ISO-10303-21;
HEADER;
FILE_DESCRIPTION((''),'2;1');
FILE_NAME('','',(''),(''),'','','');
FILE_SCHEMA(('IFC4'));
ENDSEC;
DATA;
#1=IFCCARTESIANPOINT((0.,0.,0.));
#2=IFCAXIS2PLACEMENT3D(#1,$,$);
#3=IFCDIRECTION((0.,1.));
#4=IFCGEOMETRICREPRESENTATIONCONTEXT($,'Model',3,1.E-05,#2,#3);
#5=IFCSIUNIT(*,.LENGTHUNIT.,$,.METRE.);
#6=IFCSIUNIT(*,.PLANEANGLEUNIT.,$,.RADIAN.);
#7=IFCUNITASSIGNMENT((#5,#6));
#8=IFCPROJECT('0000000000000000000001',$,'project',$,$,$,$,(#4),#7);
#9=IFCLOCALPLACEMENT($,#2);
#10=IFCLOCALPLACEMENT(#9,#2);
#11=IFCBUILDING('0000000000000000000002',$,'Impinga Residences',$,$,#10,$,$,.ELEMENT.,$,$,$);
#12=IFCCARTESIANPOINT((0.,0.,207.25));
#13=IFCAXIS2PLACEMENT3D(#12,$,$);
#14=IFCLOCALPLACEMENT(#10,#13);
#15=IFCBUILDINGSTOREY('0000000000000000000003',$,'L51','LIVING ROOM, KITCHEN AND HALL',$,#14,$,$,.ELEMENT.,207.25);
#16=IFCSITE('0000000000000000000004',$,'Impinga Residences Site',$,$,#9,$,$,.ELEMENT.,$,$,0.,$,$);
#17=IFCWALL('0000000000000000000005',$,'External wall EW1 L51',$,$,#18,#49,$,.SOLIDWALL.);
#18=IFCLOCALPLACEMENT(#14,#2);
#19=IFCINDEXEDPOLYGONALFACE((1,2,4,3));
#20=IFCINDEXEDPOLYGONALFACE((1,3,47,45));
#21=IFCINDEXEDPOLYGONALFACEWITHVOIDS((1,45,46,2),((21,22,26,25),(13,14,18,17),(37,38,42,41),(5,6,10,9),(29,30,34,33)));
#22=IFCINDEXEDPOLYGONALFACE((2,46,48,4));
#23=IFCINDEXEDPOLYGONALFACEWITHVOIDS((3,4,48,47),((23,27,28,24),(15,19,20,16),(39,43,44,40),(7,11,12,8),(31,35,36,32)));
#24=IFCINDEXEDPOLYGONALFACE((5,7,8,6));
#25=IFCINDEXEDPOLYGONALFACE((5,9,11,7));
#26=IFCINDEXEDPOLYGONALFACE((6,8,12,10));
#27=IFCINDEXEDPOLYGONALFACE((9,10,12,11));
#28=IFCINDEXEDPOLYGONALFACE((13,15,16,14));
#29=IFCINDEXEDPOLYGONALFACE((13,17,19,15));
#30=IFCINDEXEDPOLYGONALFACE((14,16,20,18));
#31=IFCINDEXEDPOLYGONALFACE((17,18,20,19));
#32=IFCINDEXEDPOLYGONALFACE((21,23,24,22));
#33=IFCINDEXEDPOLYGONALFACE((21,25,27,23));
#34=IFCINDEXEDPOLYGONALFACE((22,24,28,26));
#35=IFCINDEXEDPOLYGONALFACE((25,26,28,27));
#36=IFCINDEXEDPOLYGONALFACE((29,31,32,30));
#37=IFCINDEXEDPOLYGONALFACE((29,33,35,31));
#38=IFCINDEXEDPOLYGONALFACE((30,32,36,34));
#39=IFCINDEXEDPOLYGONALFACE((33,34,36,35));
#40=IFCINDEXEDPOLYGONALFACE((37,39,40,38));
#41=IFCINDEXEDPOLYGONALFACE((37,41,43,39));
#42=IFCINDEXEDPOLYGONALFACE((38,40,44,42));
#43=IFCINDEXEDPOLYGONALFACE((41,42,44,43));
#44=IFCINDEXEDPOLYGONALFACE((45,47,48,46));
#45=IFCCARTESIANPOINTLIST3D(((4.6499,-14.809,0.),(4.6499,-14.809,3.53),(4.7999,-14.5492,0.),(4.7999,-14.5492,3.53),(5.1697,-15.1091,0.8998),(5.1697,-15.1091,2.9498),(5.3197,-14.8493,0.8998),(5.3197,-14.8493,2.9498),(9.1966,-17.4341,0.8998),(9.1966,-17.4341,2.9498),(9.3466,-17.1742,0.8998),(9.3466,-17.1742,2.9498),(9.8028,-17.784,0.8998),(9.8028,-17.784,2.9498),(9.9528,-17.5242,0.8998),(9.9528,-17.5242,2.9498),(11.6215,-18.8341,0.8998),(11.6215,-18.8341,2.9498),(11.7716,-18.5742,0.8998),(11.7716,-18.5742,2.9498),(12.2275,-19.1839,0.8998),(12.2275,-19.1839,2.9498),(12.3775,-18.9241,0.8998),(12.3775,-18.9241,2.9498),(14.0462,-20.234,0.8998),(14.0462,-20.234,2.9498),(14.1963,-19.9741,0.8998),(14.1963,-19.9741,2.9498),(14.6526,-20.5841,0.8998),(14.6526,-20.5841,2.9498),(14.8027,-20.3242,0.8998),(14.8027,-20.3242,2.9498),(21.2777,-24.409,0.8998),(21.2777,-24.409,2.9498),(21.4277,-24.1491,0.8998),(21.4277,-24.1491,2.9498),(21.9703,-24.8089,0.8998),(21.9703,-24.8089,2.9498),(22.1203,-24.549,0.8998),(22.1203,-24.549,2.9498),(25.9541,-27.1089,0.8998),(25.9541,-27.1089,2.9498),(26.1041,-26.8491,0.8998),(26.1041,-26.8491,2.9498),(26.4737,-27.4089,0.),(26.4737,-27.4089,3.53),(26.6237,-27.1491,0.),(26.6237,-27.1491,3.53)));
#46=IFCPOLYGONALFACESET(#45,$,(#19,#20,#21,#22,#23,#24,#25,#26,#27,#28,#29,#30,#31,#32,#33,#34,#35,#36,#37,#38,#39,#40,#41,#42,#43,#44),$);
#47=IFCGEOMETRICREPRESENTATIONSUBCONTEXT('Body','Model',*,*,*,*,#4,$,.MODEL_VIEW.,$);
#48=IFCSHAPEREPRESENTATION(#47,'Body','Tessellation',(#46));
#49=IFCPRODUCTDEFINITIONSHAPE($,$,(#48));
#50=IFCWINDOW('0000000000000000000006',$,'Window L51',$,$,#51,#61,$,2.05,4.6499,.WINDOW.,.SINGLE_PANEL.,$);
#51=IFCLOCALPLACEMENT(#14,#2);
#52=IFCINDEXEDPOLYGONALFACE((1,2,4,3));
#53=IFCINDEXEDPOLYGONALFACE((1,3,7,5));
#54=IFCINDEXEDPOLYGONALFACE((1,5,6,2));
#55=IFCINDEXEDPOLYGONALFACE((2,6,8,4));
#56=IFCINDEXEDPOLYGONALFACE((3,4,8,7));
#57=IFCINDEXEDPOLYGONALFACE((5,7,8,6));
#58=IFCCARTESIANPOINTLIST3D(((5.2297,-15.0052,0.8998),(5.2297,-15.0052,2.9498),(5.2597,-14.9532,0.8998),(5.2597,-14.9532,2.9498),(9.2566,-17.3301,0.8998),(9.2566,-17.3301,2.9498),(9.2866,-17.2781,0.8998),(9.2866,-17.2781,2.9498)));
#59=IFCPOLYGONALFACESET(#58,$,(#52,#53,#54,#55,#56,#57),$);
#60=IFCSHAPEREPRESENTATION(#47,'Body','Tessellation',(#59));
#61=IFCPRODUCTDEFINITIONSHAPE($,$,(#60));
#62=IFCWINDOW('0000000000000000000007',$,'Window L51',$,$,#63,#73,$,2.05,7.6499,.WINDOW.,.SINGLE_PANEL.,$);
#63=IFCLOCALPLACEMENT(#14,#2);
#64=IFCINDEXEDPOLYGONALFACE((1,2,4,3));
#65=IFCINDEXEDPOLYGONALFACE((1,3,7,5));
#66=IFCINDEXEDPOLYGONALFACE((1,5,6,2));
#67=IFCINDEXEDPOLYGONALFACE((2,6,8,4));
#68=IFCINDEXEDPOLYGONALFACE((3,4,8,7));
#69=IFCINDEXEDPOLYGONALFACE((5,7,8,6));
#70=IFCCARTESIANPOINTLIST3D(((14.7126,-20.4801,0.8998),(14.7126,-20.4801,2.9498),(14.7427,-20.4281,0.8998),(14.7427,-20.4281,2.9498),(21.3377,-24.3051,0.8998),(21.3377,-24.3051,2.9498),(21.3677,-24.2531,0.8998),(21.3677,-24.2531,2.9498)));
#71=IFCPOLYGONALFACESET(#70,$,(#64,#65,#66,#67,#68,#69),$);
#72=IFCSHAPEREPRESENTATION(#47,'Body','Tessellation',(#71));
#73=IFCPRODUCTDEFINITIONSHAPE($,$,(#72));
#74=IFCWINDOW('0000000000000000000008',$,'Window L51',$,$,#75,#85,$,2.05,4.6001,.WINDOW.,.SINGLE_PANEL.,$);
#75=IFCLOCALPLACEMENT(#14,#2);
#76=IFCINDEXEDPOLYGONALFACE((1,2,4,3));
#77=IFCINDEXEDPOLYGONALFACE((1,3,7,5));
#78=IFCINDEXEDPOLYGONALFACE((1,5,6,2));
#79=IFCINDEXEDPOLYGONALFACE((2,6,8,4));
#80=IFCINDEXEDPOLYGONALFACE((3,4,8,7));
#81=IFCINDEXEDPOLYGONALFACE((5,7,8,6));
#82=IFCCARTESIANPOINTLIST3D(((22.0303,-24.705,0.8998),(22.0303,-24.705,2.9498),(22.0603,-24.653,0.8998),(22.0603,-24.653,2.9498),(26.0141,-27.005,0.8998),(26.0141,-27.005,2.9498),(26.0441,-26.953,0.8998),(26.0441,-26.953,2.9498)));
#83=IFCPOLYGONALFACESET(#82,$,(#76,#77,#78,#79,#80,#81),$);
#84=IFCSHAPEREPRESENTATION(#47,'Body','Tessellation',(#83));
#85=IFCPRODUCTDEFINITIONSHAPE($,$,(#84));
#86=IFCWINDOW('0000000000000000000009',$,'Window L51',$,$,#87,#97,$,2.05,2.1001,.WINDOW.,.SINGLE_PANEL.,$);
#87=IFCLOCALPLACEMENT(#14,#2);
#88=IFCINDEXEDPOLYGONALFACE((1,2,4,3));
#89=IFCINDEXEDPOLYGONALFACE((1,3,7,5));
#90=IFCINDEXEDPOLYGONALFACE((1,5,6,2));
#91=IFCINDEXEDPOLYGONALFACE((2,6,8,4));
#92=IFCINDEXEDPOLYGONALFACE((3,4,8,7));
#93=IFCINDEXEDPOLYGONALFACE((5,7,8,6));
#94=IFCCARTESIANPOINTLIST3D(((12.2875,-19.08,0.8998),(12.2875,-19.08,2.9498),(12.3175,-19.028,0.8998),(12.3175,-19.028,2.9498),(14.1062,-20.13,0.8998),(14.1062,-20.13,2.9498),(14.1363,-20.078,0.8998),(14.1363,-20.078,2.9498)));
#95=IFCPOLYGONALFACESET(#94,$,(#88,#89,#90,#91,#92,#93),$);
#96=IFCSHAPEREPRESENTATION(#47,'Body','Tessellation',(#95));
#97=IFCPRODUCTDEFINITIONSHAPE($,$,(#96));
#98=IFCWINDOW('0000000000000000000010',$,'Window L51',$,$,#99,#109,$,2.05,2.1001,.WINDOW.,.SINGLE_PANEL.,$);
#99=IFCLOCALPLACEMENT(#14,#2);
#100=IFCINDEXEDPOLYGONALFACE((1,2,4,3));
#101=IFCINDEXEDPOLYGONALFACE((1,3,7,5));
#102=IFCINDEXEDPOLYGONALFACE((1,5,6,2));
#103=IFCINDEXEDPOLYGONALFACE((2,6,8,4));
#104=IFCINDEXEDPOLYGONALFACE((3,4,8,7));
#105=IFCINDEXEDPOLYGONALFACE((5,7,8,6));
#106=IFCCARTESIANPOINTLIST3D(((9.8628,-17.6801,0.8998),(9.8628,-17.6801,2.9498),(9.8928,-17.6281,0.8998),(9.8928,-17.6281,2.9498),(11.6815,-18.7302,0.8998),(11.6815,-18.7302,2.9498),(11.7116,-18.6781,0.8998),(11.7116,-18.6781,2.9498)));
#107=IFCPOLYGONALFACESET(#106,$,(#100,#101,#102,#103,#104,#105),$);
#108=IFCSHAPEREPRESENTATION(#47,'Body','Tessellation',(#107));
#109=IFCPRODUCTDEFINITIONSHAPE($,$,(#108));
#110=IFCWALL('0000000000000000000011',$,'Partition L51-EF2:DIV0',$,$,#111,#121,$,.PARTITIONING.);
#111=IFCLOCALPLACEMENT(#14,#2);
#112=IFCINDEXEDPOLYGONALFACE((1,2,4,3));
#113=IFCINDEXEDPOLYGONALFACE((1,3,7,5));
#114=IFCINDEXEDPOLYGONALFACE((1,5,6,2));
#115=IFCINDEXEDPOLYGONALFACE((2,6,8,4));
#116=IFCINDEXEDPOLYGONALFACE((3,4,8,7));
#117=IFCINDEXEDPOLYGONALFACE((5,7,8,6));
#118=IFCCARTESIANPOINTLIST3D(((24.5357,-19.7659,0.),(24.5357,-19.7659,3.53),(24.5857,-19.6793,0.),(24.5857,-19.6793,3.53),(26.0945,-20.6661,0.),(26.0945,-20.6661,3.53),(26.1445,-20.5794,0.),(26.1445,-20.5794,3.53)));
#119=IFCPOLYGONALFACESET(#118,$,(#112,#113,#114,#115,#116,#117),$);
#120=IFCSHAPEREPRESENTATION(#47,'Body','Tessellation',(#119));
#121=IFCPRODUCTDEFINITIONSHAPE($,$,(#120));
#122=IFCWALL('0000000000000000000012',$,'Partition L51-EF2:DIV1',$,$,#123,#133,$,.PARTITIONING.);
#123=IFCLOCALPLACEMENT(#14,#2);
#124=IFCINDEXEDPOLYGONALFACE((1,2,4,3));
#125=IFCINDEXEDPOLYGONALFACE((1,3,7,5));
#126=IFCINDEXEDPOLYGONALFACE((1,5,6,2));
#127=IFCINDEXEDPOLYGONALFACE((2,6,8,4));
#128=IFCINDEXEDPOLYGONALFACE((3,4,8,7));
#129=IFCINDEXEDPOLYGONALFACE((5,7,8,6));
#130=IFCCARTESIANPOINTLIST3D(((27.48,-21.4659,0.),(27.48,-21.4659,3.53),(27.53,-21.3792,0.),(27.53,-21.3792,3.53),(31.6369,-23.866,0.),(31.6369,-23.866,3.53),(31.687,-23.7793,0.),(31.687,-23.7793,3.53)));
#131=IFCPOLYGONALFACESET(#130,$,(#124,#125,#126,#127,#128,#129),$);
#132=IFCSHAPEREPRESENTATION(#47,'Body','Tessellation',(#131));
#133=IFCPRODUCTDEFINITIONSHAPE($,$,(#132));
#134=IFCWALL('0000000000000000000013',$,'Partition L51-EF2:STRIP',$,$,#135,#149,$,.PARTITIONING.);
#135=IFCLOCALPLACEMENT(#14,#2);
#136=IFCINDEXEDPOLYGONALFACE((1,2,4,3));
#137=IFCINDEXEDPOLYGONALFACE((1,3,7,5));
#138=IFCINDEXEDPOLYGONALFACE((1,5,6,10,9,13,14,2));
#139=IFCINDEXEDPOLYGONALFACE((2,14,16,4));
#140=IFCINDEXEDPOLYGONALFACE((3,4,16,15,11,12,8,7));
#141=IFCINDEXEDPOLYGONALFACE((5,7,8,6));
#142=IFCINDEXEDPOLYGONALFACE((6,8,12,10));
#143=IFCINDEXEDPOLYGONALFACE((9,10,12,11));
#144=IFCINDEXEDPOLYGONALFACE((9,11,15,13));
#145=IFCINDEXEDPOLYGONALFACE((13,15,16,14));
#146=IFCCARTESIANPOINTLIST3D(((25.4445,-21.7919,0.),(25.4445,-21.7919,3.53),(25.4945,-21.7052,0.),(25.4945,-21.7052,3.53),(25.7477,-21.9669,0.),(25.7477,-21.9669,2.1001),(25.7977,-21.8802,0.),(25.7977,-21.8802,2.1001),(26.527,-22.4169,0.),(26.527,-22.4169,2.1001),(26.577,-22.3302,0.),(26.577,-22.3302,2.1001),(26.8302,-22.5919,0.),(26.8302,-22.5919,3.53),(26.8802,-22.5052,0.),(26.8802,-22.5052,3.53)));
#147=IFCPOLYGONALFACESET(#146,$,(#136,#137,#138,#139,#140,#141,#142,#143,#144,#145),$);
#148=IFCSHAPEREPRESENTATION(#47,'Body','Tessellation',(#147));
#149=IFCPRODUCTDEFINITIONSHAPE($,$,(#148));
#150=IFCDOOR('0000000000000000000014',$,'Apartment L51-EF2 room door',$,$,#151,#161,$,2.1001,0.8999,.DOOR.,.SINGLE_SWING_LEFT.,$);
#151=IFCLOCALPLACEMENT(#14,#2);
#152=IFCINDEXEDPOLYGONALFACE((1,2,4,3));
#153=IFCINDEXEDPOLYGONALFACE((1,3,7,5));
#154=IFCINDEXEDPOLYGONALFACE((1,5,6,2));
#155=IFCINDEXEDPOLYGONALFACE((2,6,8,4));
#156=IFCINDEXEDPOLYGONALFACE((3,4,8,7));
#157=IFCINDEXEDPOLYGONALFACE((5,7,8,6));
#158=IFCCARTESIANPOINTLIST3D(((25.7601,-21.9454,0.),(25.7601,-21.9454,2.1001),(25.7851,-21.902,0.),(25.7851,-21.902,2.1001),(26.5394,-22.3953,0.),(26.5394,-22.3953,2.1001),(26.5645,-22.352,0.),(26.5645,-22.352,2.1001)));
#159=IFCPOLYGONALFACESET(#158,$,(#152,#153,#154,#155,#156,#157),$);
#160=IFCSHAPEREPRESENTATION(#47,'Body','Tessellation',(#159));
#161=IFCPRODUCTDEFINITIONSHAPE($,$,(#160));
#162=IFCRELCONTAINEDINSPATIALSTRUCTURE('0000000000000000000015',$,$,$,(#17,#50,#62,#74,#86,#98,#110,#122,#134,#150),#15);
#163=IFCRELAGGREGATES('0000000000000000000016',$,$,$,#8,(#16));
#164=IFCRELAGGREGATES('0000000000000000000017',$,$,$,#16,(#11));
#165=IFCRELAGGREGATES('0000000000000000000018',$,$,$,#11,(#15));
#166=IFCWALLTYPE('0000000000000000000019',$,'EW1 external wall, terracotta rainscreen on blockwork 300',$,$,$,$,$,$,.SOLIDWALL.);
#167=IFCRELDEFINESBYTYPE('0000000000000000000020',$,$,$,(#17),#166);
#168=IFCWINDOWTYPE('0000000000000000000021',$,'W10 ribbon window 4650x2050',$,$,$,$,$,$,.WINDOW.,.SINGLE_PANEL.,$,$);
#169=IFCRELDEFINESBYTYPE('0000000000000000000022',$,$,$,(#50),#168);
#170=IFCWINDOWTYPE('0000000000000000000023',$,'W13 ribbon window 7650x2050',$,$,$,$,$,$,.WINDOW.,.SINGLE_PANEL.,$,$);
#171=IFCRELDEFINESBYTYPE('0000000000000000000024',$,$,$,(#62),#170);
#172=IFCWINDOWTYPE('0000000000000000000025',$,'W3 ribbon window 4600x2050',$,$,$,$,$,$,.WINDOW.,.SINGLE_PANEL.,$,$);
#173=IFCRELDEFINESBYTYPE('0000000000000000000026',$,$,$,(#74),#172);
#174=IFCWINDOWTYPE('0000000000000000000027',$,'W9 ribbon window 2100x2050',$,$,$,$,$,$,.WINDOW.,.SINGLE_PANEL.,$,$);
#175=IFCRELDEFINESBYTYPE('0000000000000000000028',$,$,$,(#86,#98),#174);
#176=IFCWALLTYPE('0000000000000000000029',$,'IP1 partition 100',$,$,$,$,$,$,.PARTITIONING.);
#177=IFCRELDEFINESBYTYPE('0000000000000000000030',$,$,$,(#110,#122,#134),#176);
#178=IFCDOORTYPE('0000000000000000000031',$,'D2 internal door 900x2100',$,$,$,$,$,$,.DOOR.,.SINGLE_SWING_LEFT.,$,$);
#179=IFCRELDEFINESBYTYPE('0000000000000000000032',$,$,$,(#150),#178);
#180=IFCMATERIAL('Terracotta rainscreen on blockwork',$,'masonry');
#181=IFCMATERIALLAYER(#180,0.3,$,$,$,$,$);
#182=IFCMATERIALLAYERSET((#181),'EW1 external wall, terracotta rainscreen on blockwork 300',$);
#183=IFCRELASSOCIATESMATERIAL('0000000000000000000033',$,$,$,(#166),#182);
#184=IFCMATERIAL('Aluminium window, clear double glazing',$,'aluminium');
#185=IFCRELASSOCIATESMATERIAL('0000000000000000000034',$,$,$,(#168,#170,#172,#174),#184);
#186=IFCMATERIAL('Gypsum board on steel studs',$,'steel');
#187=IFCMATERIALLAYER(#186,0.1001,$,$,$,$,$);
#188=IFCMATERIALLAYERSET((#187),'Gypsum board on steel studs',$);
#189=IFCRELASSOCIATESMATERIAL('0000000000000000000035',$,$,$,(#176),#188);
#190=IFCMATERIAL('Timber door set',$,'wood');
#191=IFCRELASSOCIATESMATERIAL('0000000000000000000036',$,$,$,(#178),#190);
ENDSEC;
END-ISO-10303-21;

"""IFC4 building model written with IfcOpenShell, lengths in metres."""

from ifc_helpers import new_model, si_unit, direction, frame, frame_2d, origin, place, context, subcontext, project, spatial, rectangle, extrude, material, layer, layer_set, type_object, element, fill, save


model = new_model("IFC4")

# Units and contexts
model_context = context("Model", 3, precision=1e-05, world=origin(), true_north=direction((0.0, 1.0)))
body_context = subcontext(model_context, "Body", "Model", "MODEL_VIEW")
ifc_project = project(units=[si_unit("LENGTHUNIT", "METRE"), si_unit("PLANEANGLEUNIT", "RADIAN")], contexts=[model_context])

# Site, building, storey
site_placement = place(None, origin())
site = spatial("IfcSite", under=ifc_project, at=site_placement, Name="Impinga Residences Site", CompositionType="ELEMENT", RefElevation=0.0)
building_placement = place(site_placement, origin())
building = spatial("IfcBuilding", under=site, at=building_placement, Name="Impinga Residences", CompositionType="ELEMENT")
storey_placement = place(building_placement, frame((0.0, 0.0, 207.25)))
storey = spatial("IfcBuildingStorey", under=building, at=storey_placement, Name="L51", Description="LIVING ROOM, KITCHEN AND HALL", CompositionType="ELEMENT", Elevation=207.25)

# Shared definitions
ifc_material_1 = material(Name="Timber door set", Category="wood")

# Shared definitions
ifc_material_2 = material(Name="Terracotta rainscreen on blockwork", Category="masonry")
ifc_layer_1 = layer(ifc_material_2, 0.3)
ifc_layer_set_1 = layer_set([ifc_layer_1], Name="EW1 external wall, terracotta rainscreen on blockwork 300")
wall_type_1 = type_object("IfcWallType", Name="EW1 external wall, terracotta rainscreen on blockwork 300", PredefinedType="SOLIDWALL", material=ifc_layer_set_1)

# Wall, openings, windows
wall_1_placement = place(storey_placement, frame((26.5488, -27.2791, 0.0), z_axis=(0.0, 0.0, 1.0), x_axis=(-0.866027, 0.499998, 0.0)))
wall_1 = element("IfcWall", 1, at=wall_1_placement, inside=storey, type_object=wall_type_1, Name="External wall EW1 L51", PredefinedType="SOLIDWALL", context=body_context, shape_type="SweptSolid", body=[
    extrude(rectangle(XDim=25.2, YDim=0.3, at=frame_2d((12.6001, 0.0))), origin(), (0.0, 0.0, 1.0), 3.53),
])
opening_1_placement = place(wall_1_placement, frame((0.6001, 0.0, 0.8999)))
opening_1 = element("IfcOpeningElement", 2, at=opening_1_placement, cuts=wall_1, PredefinedType="OPENING", context=body_context, shape_type="SweptSolid", body=[
    extrude(rectangle(XDim=4.6001, YDim=2.05, at=frame_2d((2.3, 1.0249))), frame((0.0, 0.1599, 0.0), z_axis=(0.0, -1.0, 0.0), x_axis=(1.0, 0.0, 0.0)), (0.0, 0.0, 1.0), 0.3201),
])
opening_2_placement = place(wall_1_placement, frame((6.0, 0.0, 0.8999)))
opening_2 = element("IfcOpeningElement", 3, at=opening_2_placement, cuts=wall_1, PredefinedType="OPENING", context=body_context, shape_type="SweptSolid", body=[
    extrude(rectangle(XDim=7.6499, YDim=2.05, at=frame_2d((3.825, 1.0249))), frame((0.0, 0.1599, 0.0), z_axis=(0.0, -1.0, 0.0), x_axis=(1.0, 0.0, 0.0)), (0.0, 0.0, 1.0), 0.3201),
])
opening_3_placement = place(wall_1_placement, frame((14.3501, 0.0, 0.8999)))
opening_3 = element("IfcOpeningElement", 4, at=opening_3_placement, cuts=wall_1, PredefinedType="OPENING", context=body_context, shape_type="SweptSolid", body=[
    extrude(rectangle(XDim=2.1001, YDim=2.05, at=frame_2d((1.05, 1.0249))), frame((0.0, 0.1599, 0.0), z_axis=(0.0, -1.0, 0.0), x_axis=(1.0, 0.0, 0.0)), (0.0, 0.0, 1.0), 0.3201),
])
opening_4_placement = place(wall_1_placement, frame((17.1499, 0.0, 0.8999)))
opening_4 = element("IfcOpeningElement", 5, at=opening_4_placement, cuts=wall_1, PredefinedType="OPENING", context=body_context, shape_type="SweptSolid", body=[
    extrude(rectangle(XDim=2.1001, YDim=2.05, at=frame_2d((1.05, 1.0249))), frame((0.0, 0.1599, 0.0), z_axis=(0.0, -1.0, 0.0), x_axis=(1.0, 0.0, 0.0)), (0.0, 0.0, 1.0), 0.3201),
])
opening_5_placement = place(wall_1_placement, frame((19.95, 0.0, 0.8999)))
opening_5 = element("IfcOpeningElement", 6, at=opening_5_placement, cuts=wall_1, PredefinedType="OPENING", context=body_context, shape_type="SweptSolid", body=[
    extrude(rectangle(XDim=4.6499, YDim=2.05, at=frame_2d((2.325, 1.0249))), frame((0.0, 0.1599, 0.0), z_axis=(0.0, -1.0, 0.0), x_axis=(1.0, 0.0, 0.0)), (0.0, 0.0, 1.0), 0.3201),
])
ifc_material_3 = material(Name="Aluminium window, clear double glazing", Category="aluminium")
window_type_1 = type_object("IfcWindowType", Name="W10 ribbon window 4650x2050", PartitioningType="SINGLE_PANEL", PredefinedType="WINDOW", material=ifc_material_3)
window_1_placement = place(opening_5_placement, origin())
window_1 = element("IfcWindow", 7, at=window_1_placement, inside=storey, type_object=window_type_1, Name="Window L51", OverallHeight=2.05, OverallWidth=4.6499, PartitioningType="SINGLE_PANEL", PredefinedType="WINDOW", context=body_context, shape_type="SweptSolid", body=[
    extrude(rectangle(XDim=4.6499, YDim=2.05, at=frame_2d((2.325, 1.0249))), frame((0.0, 0.03, 0.0), z_axis=(0.0, -1.0, 0.0), x_axis=(1.0, 0.0, 0.0)), (0.0, 0.0, 1.0), 0.0601),
])
fill(opening_5, window_1)
window_type_2 = type_object("IfcWindowType", Name="W13 ribbon window 7650x2050", PartitioningType="SINGLE_PANEL", PredefinedType="WINDOW", material=ifc_material_3)
window_2_placement = place(opening_2_placement, origin())
window_2 = element("IfcWindow", 8, at=window_2_placement, inside=storey, type_object=window_type_2, Name="Window L51", OverallHeight=2.05, OverallWidth=7.6499, PartitioningType="SINGLE_PANEL", PredefinedType="WINDOW", context=body_context, shape_type="SweptSolid", body=[
    extrude(rectangle(XDim=7.6499, YDim=2.05, at=frame_2d((3.825, 1.0249))), frame((0.0, 0.03, 0.0), z_axis=(0.0, -1.0, 0.0), x_axis=(1.0, 0.0, 0.0)), (0.0, 0.0, 1.0), 0.0601),
])
fill(opening_2, window_2)
window_type_3 = type_object("IfcWindowType", Name="W3 ribbon window 4600x2050", PartitioningType="SINGLE_PANEL", PredefinedType="WINDOW", material=ifc_material_3)
window_3_placement = place(opening_1_placement, origin())
window_3 = element("IfcWindow", 9, at=window_3_placement, inside=storey, type_object=window_type_3, Name="Window L51", OverallHeight=2.05, OverallWidth=4.6001, PartitioningType="SINGLE_PANEL", PredefinedType="WINDOW", context=body_context, shape_type="SweptSolid", body=[
    extrude(rectangle(XDim=4.6001, YDim=2.05, at=frame_2d((2.3, 1.0249))), frame((0.0, 0.03, 0.0), z_axis=(0.0, -1.0, 0.0), x_axis=(1.0, 0.0, 0.0)), (0.0, 0.0, 1.0), 0.0601),
])
fill(opening_1, window_3)
window_type_4 = type_object("IfcWindowType", Name="W9 ribbon window 2100x2050", PartitioningType="SINGLE_PANEL", PredefinedType="WINDOW", material=ifc_material_3)
window_4_placement = place(opening_3_placement, origin())
window_4 = element("IfcWindow", 10, at=window_4_placement, inside=storey, type_object=window_type_4, Name="Window L51", OverallHeight=2.05, OverallWidth=2.1001, PartitioningType="SINGLE_PANEL", PredefinedType="WINDOW", context=body_context, shape_type="SweptSolid", body=[
    extrude(rectangle(XDim=2.1001, YDim=2.05, at=frame_2d((1.05, 1.0249))), frame((0.0, 0.03, 0.0), z_axis=(0.0, -1.0, 0.0), x_axis=(1.0, 0.0, 0.0)), (0.0, 0.0, 1.0), 0.0601),
])
fill(opening_3, window_4)
window_5_placement = place(opening_4_placement, origin())
window_5 = element("IfcWindow", 11, at=window_5_placement, inside=storey, type_object=window_type_4, Name="Window L51", OverallHeight=2.05, OverallWidth=2.1001, PartitioningType="SINGLE_PANEL", PredefinedType="WINDOW", context=body_context, shape_type="SweptSolid", body=[
    extrude(rectangle(XDim=2.1001, YDim=2.05, at=frame_2d((1.05, 1.0249))), frame((0.0, 0.03, 0.0), z_axis=(0.0, -1.0, 0.0), x_axis=(1.0, 0.0, 0.0)), (0.0, 0.0, 1.0), 0.0601),
])
fill(opening_4, window_5)

# Walls
ifc_material_4 = material(Name="Gypsum board on steel studs", Category="steel")
ifc_layer_2 = layer(ifc_material_4, 0.1001)
ifc_layer_set_2 = layer_set([ifc_layer_2], Name="Gypsum board on steel studs")
wall_type_2 = type_object("IfcWallType", Name="IP1 partition 100", PredefinedType="PARTITIONING", material=ifc_layer_set_2)
wall_2_placement = place(storey_placement, frame((24.5608, -19.7227, 0.0), z_axis=(0.0, 0.0, 1.0), x_axis=(0.865989, -0.500063, 0.0)))
element("IfcWall", 12, at=wall_2_placement, inside=storey, type_object=wall_type_2, Name="Partition L51-EF2:DIV0", PredefinedType="PARTITIONING", context=body_context, shape_type="SweptSolid", body=[
    extrude(rectangle(XDim=1.8, YDim=0.1001, at=frame_2d((0.8999, 0.0))), origin(), (0.0, 0.0, 1.0), 3.53),
])
wall_3_placement = place(storey_placement, frame((27.5051, -21.4226, 0.0), z_axis=(0.0, 0.0, 1.0), x_axis=(0.866015, -0.500017, 0.0)))
element("IfcWall", 13, at=wall_3_placement, inside=storey, type_object=wall_type_2, Name="Partition L51-EF2:DIV1", PredefinedType="PARTITIONING", context=body_context, shape_type="SweptSolid", body=[
    extrude(rectangle(XDim=4.8, YDim=0.1001, at=frame_2d((2.3999, 0.0))), origin(), (0.0, 0.0, 1.0), 3.53),
])

# Wall, opening, door
wall_4_placement = place(storey_placement, frame((25.4695, -21.7485, 0.0), z_axis=(0.0, 0.0, 1.0), x_axis=(0.866028, -0.499995, 0.0)))
wall_4 = element("IfcWall", 14, at=wall_4_placement, inside=storey, type_object=wall_type_2, Name="Partition L51-EF2:STRIP", PredefinedType="PARTITIONING", context=body_context, shape_type="SweptSolid", body=[
    extrude(rectangle(XDim=1.6001, YDim=0.1001, at=frame_2d((0.8, 0.0))), origin(), (0.0, 0.0, 1.0), 3.53),
])
opening_6_placement = place(wall_4_placement, frame((0.3501, 0.0, 0.0)))
opening_6 = element("IfcOpeningElement", 15, at=opening_6_placement, cuts=wall_4, PredefinedType="OPENING", context=body_context, shape_type="SweptSolid", body=[
    extrude(rectangle(XDim=0.8999, YDim=2.1001, at=frame_2d((0.45, 1.05))), frame((0.0, 0.0601, 0.0), z_axis=(0.0, -1.0, 0.0), x_axis=(1.0, 0.0, 0.0)), (0.0, 0.0, 1.0), 0.1201),
])
door_type_1 = type_object("IfcDoorType", Name="D2 internal door 900x2100", OperationType="SINGLE_SWING_LEFT", PredefinedType="DOOR", material=ifc_material_1)
door_1_placement = place(opening_6_placement, origin())
door_1 = element("IfcDoor", 16, at=door_1_placement, inside=storey, type_object=door_type_1, Name="Apartment L51-EF2 room door", OperationType="SINGLE_SWING_LEFT", OverallHeight=2.1001, OverallWidth=0.8999, PredefinedType="DOOR", context=body_context, shape_type="SweptSolid", body=[
    extrude(rectangle(XDim=0.8999, YDim=2.1001, at=frame_2d((0.45, 1.05))), frame((0.0, 0.0249, 0.0), z_axis=(0.0, -1.0, 0.0), x_axis=(1.0, 0.0, 0.0)), (0.0, 0.0, 1.0), 0.05),
])
fill(opening_6, door_1)

save(model, "model.ifc")
